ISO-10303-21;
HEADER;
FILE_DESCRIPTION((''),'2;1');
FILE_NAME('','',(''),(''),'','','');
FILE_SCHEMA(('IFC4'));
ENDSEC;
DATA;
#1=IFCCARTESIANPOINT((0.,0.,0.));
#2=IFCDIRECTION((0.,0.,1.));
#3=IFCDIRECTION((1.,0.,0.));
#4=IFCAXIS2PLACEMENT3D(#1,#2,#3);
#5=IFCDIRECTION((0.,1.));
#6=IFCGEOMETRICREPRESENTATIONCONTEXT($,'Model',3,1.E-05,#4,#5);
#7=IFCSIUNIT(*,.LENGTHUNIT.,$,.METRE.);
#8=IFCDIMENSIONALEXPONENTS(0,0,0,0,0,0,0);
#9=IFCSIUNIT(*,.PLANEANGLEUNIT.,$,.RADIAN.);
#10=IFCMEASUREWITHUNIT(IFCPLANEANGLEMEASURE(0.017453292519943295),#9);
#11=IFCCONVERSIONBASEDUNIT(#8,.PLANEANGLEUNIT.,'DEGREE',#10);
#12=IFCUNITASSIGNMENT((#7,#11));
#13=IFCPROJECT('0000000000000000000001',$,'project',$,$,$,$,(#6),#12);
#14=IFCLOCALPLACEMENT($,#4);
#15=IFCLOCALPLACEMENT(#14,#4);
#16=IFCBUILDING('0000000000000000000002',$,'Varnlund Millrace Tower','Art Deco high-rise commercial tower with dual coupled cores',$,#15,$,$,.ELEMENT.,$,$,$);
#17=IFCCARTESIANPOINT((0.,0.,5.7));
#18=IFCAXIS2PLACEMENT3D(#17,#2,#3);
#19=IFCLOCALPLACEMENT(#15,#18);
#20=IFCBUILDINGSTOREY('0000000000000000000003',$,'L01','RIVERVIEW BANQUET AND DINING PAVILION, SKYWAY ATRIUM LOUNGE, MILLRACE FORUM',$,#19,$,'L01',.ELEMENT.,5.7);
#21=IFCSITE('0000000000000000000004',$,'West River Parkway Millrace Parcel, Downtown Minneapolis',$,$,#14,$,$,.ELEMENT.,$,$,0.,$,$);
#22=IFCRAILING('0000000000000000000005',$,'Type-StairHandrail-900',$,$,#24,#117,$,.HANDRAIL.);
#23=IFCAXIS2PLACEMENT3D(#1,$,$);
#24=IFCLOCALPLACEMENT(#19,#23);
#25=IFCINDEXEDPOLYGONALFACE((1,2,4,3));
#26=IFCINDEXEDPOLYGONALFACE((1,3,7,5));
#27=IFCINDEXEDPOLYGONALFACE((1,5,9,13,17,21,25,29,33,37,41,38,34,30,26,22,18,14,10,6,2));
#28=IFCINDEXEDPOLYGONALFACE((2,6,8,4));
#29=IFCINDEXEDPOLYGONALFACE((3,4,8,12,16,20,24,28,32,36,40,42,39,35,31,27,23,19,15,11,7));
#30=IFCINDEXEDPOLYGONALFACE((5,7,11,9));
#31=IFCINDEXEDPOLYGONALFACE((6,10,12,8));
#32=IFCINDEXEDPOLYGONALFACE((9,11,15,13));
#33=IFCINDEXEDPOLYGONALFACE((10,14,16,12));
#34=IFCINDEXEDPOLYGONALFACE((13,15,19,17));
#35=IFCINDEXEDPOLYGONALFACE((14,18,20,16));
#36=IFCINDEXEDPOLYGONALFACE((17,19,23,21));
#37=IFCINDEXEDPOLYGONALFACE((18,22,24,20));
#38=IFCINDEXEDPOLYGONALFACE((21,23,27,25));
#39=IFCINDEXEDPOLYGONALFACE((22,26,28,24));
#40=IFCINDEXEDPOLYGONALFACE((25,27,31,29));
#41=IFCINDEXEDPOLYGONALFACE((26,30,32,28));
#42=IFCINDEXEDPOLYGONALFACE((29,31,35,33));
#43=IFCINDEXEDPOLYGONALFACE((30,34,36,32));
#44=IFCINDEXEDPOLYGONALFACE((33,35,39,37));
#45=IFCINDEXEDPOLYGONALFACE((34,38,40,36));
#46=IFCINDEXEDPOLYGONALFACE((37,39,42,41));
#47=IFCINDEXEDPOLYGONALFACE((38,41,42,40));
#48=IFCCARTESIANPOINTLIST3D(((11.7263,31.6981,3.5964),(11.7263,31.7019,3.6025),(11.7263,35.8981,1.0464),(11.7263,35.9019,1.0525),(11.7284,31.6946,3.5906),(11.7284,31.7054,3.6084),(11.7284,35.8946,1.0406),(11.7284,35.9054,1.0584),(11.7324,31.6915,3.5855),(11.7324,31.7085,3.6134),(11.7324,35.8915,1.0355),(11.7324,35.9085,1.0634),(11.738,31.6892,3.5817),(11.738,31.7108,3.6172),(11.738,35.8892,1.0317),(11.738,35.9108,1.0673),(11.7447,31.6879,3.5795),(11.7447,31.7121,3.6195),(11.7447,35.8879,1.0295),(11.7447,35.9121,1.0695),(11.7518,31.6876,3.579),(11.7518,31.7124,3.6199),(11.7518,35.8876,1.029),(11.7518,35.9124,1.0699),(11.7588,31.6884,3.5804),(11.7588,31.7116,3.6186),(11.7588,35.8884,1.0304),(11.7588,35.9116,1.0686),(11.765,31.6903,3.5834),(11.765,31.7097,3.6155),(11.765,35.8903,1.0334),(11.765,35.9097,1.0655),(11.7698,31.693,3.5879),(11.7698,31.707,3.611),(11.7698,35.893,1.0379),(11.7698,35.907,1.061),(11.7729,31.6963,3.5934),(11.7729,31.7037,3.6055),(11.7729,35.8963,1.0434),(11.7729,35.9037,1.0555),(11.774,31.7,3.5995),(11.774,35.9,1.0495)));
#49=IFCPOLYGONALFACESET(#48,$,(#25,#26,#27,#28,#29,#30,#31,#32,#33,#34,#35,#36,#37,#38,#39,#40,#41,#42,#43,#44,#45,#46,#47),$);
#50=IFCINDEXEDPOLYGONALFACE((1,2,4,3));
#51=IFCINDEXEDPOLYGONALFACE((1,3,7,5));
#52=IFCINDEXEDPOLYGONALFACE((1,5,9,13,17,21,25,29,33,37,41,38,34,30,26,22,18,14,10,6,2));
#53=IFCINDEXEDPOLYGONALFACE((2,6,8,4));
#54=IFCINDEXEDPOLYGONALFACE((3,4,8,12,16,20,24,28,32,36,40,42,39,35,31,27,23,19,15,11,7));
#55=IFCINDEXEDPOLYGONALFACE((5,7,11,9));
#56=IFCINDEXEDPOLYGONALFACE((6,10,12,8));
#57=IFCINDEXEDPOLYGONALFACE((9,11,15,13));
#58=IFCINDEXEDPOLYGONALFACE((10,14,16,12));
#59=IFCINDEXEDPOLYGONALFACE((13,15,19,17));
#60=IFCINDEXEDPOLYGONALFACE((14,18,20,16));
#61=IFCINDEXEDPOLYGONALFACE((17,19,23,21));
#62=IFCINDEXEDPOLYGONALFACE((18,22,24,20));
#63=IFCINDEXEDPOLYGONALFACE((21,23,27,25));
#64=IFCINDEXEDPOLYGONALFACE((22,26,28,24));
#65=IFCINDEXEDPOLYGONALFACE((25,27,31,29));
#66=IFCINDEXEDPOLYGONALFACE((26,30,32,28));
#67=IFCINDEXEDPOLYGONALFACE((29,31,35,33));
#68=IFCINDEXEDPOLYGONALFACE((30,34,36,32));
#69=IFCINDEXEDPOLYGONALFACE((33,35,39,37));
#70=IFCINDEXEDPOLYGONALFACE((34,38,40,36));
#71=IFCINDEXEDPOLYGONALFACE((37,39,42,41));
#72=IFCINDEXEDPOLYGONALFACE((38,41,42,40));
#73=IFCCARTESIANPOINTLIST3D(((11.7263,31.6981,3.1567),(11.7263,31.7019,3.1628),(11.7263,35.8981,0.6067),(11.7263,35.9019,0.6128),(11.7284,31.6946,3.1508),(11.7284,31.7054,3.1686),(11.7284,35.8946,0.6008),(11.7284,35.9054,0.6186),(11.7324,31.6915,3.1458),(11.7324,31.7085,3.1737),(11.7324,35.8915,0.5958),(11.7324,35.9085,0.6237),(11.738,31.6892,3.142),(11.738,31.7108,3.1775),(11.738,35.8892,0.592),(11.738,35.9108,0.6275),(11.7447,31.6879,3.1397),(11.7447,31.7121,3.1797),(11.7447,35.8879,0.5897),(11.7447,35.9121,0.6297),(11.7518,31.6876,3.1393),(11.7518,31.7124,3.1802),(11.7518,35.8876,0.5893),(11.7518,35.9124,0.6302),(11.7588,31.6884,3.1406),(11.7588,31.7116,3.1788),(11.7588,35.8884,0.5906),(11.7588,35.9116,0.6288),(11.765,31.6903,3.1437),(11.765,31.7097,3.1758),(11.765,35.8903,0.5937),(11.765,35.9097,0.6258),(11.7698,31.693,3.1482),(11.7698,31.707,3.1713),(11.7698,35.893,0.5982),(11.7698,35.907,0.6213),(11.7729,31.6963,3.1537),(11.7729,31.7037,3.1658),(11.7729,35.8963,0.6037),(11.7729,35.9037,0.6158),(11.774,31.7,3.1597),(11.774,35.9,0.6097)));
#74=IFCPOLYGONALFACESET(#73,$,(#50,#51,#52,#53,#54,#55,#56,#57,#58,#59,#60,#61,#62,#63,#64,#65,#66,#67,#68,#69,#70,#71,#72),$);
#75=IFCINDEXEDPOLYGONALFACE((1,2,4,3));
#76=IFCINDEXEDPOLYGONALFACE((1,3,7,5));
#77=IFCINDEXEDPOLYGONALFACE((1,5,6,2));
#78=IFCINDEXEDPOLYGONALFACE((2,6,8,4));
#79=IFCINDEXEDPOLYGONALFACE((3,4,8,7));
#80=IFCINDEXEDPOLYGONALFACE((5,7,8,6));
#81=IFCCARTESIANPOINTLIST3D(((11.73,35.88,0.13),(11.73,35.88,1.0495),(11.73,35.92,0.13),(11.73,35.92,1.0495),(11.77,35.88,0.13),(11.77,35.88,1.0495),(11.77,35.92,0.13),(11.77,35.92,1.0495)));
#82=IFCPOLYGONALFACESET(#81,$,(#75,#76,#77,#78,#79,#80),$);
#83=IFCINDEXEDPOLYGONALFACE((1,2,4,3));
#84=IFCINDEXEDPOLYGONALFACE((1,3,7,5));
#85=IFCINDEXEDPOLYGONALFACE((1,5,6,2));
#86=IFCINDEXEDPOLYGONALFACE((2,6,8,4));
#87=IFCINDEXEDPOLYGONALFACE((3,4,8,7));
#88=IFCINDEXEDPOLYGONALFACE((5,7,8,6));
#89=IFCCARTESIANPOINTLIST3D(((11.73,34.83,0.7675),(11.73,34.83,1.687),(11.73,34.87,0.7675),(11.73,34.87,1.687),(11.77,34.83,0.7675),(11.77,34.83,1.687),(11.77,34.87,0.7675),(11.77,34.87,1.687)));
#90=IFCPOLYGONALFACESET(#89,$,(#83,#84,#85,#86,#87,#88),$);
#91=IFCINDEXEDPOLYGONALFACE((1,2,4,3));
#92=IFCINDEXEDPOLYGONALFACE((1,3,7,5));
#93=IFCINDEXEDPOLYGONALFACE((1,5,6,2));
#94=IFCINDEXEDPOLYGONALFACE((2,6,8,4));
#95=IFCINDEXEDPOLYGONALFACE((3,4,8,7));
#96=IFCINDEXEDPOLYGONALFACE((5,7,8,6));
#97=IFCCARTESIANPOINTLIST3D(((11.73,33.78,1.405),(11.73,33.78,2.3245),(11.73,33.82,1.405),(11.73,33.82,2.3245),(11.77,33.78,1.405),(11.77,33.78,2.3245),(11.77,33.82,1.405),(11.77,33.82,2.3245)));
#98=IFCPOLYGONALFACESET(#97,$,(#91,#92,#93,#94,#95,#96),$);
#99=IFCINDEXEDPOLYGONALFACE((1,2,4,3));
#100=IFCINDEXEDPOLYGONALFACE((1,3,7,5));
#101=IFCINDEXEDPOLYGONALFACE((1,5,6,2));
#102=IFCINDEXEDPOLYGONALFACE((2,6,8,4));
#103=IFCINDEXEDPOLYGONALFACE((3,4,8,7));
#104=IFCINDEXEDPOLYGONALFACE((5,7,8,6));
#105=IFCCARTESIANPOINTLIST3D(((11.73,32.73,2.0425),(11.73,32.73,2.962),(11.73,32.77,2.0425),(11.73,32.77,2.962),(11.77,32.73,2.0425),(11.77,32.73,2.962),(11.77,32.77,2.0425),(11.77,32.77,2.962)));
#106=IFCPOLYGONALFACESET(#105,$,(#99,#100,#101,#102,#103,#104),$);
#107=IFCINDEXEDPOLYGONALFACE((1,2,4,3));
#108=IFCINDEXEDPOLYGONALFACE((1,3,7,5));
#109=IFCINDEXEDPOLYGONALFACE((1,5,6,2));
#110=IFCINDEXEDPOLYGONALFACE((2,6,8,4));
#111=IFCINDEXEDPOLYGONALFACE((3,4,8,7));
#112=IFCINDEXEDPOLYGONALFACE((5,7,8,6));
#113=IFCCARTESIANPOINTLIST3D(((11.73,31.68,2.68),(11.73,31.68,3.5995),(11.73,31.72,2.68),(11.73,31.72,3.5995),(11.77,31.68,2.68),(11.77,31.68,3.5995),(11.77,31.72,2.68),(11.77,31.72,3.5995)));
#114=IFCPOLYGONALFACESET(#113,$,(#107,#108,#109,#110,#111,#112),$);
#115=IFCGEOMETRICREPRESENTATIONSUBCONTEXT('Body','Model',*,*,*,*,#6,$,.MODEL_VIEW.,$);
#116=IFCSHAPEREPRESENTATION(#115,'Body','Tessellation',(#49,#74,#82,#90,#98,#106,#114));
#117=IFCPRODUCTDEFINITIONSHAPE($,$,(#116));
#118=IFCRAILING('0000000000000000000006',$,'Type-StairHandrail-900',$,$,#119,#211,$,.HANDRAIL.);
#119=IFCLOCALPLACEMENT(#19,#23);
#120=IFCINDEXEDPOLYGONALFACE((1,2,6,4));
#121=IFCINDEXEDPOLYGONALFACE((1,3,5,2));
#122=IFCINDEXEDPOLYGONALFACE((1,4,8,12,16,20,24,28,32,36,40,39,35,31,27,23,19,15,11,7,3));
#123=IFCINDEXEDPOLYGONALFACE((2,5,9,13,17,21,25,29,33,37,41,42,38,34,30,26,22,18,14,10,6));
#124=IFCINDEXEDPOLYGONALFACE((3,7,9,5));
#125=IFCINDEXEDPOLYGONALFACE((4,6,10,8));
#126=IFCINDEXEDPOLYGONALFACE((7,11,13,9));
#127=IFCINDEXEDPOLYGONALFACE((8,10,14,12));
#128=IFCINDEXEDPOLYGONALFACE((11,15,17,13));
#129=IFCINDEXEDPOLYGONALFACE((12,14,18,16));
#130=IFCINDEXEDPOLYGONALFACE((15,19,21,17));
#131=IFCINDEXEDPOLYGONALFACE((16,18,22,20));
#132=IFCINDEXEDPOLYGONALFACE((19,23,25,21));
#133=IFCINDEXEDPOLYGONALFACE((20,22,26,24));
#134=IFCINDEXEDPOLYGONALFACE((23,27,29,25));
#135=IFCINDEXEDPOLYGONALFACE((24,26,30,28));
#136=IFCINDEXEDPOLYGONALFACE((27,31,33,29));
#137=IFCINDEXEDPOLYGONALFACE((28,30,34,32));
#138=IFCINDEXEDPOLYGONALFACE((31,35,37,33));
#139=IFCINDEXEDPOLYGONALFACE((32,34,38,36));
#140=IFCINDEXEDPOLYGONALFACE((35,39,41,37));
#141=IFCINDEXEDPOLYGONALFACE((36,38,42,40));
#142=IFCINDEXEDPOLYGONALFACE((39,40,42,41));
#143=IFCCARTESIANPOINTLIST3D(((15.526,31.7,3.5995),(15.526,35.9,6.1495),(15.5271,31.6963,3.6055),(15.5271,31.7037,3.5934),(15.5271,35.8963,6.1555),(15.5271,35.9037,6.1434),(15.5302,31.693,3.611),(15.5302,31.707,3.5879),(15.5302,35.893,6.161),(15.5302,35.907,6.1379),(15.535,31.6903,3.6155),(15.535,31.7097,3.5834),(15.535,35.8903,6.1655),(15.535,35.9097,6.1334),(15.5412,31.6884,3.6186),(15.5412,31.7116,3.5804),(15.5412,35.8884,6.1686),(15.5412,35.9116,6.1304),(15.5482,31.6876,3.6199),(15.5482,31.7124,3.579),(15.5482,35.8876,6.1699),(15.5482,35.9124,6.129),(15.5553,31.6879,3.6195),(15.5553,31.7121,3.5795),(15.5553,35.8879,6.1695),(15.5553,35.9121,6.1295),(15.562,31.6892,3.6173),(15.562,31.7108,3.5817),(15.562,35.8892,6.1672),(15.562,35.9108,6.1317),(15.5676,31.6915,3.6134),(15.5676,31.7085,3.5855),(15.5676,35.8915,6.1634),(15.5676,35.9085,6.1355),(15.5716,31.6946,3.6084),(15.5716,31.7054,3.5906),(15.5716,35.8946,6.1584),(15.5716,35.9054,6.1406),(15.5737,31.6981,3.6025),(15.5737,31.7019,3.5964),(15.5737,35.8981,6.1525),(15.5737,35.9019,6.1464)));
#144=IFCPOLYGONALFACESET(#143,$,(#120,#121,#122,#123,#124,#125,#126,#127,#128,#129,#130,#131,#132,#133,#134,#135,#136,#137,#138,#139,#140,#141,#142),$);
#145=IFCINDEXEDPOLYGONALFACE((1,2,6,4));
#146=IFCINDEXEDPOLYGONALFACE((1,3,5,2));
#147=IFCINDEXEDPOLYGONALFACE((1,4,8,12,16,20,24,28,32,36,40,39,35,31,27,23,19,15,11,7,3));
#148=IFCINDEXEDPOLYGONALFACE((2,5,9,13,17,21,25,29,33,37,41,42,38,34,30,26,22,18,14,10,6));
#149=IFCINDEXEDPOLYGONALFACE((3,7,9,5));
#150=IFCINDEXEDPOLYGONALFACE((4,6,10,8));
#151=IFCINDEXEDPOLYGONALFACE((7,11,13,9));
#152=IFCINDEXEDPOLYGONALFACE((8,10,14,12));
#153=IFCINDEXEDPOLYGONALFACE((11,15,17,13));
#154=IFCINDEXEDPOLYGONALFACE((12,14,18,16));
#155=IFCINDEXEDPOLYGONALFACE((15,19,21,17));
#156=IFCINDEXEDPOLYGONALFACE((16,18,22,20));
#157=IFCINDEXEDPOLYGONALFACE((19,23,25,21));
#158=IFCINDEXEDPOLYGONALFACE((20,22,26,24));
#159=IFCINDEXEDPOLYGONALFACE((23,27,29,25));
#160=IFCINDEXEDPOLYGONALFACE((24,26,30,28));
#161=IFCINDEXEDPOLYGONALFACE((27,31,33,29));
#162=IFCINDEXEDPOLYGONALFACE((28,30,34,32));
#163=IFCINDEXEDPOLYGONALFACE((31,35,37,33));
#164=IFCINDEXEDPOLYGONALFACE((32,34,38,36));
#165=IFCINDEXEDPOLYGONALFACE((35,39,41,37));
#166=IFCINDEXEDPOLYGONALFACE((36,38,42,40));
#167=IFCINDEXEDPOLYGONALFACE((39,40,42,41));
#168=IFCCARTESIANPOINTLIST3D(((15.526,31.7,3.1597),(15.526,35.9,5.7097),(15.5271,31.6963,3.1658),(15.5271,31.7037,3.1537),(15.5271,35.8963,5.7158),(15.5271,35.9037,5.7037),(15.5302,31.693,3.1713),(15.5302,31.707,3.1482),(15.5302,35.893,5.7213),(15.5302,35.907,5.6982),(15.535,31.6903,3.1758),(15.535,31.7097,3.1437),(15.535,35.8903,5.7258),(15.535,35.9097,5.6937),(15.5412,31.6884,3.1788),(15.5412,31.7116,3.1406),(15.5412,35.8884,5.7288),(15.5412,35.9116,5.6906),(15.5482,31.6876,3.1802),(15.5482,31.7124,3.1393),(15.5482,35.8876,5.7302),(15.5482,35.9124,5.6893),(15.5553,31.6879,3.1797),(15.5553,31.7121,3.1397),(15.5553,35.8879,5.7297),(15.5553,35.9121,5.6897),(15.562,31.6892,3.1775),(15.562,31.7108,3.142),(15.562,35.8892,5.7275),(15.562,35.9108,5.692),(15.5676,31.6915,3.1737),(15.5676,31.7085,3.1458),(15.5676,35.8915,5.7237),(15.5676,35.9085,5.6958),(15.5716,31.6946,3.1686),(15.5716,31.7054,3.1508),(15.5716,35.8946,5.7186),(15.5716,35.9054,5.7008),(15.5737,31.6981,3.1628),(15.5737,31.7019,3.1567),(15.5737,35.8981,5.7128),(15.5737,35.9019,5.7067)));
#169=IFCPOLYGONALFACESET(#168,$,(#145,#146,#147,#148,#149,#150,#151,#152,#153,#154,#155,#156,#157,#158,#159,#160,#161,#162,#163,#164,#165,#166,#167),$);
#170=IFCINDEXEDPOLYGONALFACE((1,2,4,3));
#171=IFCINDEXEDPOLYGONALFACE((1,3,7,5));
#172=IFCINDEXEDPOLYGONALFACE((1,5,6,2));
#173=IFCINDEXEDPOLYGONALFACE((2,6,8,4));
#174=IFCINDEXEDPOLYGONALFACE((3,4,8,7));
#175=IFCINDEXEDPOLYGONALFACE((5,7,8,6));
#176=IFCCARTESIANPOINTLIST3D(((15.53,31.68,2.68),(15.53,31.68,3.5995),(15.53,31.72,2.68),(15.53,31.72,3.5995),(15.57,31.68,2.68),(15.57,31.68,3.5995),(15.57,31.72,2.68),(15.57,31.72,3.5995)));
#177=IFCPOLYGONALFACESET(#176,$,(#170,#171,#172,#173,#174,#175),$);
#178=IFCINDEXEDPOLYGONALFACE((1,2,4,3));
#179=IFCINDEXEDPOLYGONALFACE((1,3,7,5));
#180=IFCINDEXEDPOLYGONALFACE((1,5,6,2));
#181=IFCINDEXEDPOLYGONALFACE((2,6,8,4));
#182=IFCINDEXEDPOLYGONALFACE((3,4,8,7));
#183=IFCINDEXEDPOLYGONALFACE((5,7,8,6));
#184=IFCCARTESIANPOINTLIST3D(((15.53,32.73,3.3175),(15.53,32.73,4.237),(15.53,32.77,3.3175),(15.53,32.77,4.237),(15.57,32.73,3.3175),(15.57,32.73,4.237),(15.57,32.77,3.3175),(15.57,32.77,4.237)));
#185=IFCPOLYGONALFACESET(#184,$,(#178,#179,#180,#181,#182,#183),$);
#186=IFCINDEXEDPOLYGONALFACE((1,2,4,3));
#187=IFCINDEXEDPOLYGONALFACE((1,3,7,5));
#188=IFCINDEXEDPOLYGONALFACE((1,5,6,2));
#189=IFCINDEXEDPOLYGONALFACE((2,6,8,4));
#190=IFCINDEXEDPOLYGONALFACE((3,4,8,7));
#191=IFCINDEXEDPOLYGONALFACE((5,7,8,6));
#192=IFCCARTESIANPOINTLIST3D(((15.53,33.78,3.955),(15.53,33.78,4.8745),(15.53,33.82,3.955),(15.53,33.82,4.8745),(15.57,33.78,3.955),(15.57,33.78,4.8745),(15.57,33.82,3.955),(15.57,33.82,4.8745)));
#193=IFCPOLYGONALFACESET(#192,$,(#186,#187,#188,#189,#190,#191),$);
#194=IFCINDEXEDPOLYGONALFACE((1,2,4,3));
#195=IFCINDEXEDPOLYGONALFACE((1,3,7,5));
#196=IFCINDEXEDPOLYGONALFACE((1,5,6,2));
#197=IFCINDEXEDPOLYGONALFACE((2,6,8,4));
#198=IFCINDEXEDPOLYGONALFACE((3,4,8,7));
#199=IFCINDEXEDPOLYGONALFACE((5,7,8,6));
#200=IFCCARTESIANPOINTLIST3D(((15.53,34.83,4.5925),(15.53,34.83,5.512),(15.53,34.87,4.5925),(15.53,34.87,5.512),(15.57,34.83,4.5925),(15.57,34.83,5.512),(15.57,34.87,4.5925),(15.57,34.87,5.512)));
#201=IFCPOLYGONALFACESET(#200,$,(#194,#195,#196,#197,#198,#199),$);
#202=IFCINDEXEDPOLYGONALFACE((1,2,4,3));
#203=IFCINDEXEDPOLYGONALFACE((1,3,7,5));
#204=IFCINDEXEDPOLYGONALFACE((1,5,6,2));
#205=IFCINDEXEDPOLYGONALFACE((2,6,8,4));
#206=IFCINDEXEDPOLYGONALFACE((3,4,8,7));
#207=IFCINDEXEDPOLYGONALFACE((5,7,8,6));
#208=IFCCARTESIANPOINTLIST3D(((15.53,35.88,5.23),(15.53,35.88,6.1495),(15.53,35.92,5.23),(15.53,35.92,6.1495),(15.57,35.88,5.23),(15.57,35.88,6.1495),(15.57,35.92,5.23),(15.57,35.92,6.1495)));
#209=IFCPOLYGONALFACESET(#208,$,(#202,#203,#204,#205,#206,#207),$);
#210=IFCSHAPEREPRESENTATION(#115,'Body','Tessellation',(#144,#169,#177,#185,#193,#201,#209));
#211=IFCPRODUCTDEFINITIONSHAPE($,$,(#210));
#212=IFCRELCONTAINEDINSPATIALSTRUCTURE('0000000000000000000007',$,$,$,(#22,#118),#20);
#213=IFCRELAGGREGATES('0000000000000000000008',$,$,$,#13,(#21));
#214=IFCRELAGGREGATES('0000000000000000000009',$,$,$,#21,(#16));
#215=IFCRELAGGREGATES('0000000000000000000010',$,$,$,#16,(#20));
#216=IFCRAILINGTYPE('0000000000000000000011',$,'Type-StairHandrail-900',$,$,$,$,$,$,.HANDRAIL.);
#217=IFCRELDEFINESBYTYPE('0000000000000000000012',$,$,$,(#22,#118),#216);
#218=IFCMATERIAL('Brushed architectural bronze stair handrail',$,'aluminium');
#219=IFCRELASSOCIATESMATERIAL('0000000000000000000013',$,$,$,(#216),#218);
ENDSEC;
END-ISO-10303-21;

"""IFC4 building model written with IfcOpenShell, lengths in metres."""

from ifc_helpers import new_model, entity, si_unit, converted_unit, direction, frame, origin_with_axes, origin_2d_with_axis, place, context, subcontext, project, spatial, rectangle, circle, extrude, material, type_object, element, save


model = new_model("IFC4")

# Units and contexts
model_context = context("Model", 3, precision=1e-05, world=origin_with_axes(), true_north=direction((0.0, 1.0)))
body_context = subcontext(model_context, "Body", "Model", "MODEL_VIEW")
ifc_project = project(units=[si_unit("LENGTHUNIT", "METRE"), converted_unit("PLANEANGLEUNIT", "DEGREE", entity("IfcPlaneAngleMeasure", 0.017453292519943295), si_unit("PLANEANGLEUNIT", "RADIAN"), dimensions=[0, 0, 0, 0, 0, 0, 0])], contexts=[model_context])

# Site, building, storey
site_placement = place(None, origin_with_axes())
site = spatial("IfcSite", under=ifc_project, at=site_placement, Name="West River Parkway Millrace Parcel, Downtown Minneapolis", CompositionType="ELEMENT", RefElevation=0.0)
building_placement = place(site_placement, origin_with_axes())
building = spatial("IfcBuilding", under=site, at=building_placement, Name="Varnlund Millrace Tower", Description="Art Deco high-rise commercial tower with dual coupled cores", CompositionType="ELEMENT")
storey_placement = place(building_placement, frame((0.0, 0.0, 5.7), z_axis=(0.0, 0.0, 1.0), x_axis=(1.0, 0.0, 0.0)))
storey = spatial("IfcBuildingStorey", under=building, at=storey_placement, Name="L01", Description="RIVERVIEW BANQUET AND DINING PAVILION, SKYWAY ATRIUM LOUNGE, MILLRACE FORUM", LongName="L01", CompositionType="ELEMENT", Elevation=5.7)

# Railings
ifc_material_1 = material(Name="Brushed architectural bronze stair handrail", Category="aluminium")
railing_type_1 = type_object("IfcRailingType", Name="Type-StairHandrail-900", PredefinedType="HANDRAIL", material=ifc_material_1)
railing_1_placement = place(storey_placement, frame((0.0, 0.0, -5.7), z_axis=(0.0, 0.0, 1.0), x_axis=(1.0, 0.0, 0.0)))
element("IfcRailing", 1, at=railing_1_placement, inside=storey, type_object=railing_type_1, Name="Type-StairHandrail-900", PredefinedType="HANDRAIL", context=body_context, shape_type="SweptSolid", body=[
    extrude(circle(Radius=0.024, at=origin_2d_with_axis()), frame((11.75, 35.9, 6.7495), z_axis=(0.0, -0.854788, 0.518978), x_axis=(1.0, 0.0, 0.0)), (0.0, 0.0, 1.0), 4.9135),
    extrude(circle(Radius=0.024, at=origin_2d_with_axis()), frame((11.75, 35.9, 6.3097), z_axis=(0.0, -0.854788, 0.518978), x_axis=(1.0, 0.0, 0.0)), (0.0, 0.0, 1.0), 4.9135),
    extrude(rectangle(XDim=0.04, YDim=0.04, at=origin_2d_with_axis()), frame((11.75, 35.9, 5.83), z_axis=(0.0, 0.0, 1.0), x_axis=(1.0, 0.0, 0.0)), (0.0, 0.0, 1.0), 0.9195),
    extrude(rectangle(XDim=0.04, YDim=0.04, at=origin_2d_with_axis()), frame((11.75, 34.85, 6.4675), z_axis=(0.0, 0.0, 1.0), x_axis=(1.0, 0.0, 0.0)), (0.0, 0.0, 1.0), 0.9195),
    extrude(rectangle(XDim=0.04, YDim=0.04, at=origin_2d_with_axis()), frame((11.75, 33.8, 7.105), z_axis=(0.0, 0.0, 1.0), x_axis=(1.0, 0.0, 0.0)), (0.0, 0.0, 1.0), 0.9195),
    extrude(rectangle(XDim=0.04, YDim=0.04, at=origin_2d_with_axis()), frame((11.75, 32.75, 7.7425), z_axis=(0.0, 0.0, 1.0), x_axis=(1.0, 0.0, 0.0)), (0.0, 0.0, 1.0), 0.9195),
    extrude(rectangle(XDim=0.04, YDim=0.04, at=origin_2d_with_axis()), frame((11.75, 31.7, 8.38), z_axis=(0.0, 0.0, 1.0), x_axis=(1.0, 0.0, 0.0)), (0.0, 0.0, 1.0), 0.9195),
])
railing_2_placement = place(storey_placement, frame((0.0, 0.0, -5.7), z_axis=(0.0, 0.0, 1.0), x_axis=(1.0, 0.0, 0.0)))
element("IfcRailing", 2, at=railing_2_placement, inside=storey, type_object=railing_type_1, Name="Type-StairHandrail-900", PredefinedType="HANDRAIL", context=body_context, shape_type="SweptSolid", body=[
    extrude(circle(Radius=0.024, at=origin_2d_with_axis()), frame((15.55, 31.7, 9.2995), z_axis=(0.0, 0.854788, 0.518978), x_axis=(-1.0, 0.0, 0.0)), (0.0, 0.0, 1.0), 4.9135),
    extrude(circle(Radius=0.024, at=origin_2d_with_axis()), frame((15.55, 31.7, 8.8597), z_axis=(0.0, 0.854788, 0.518978), x_axis=(-1.0, 0.0, 0.0)), (0.0, 0.0, 1.0), 4.9135),
    extrude(rectangle(XDim=0.04, YDim=0.04, at=origin_2d_with_axis()), frame((15.55, 31.7, 8.38), z_axis=(0.0, 0.0, 1.0), x_axis=(1.0, 0.0, 0.0)), (0.0, 0.0, 1.0), 0.9195),
    extrude(rectangle(XDim=0.04, YDim=0.04, at=origin_2d_with_axis()), frame((15.55, 32.75, 9.0175), z_axis=(0.0, 0.0, 1.0), x_axis=(1.0, 0.0, 0.0)), (0.0, 0.0, 1.0), 0.9195),
    extrude(rectangle(XDim=0.04, YDim=0.04, at=origin_2d_with_axis()), frame((15.55, 33.8, 9.655), z_axis=(0.0, 0.0, 1.0), x_axis=(1.0, 0.0, 0.0)), (0.0, 0.0, 1.0), 0.9195),
    extrude(rectangle(XDim=0.04, YDim=0.04, at=origin_2d_with_axis()), frame((15.55, 34.85, 10.2925), z_axis=(0.0, 0.0, 1.0), x_axis=(1.0, 0.0, 0.0)), (0.0, 0.0, 1.0), 0.9195),
    extrude(rectangle(XDim=0.04, YDim=0.04, at=origin_2d_with_axis()), frame((15.55, 35.9, 10.93), z_axis=(0.0, 0.0, 1.0), x_axis=(1.0, 0.0, 0.0)), (0.0, 0.0, 1.0), 0.9195),
])

save(model, "model.ifc")
